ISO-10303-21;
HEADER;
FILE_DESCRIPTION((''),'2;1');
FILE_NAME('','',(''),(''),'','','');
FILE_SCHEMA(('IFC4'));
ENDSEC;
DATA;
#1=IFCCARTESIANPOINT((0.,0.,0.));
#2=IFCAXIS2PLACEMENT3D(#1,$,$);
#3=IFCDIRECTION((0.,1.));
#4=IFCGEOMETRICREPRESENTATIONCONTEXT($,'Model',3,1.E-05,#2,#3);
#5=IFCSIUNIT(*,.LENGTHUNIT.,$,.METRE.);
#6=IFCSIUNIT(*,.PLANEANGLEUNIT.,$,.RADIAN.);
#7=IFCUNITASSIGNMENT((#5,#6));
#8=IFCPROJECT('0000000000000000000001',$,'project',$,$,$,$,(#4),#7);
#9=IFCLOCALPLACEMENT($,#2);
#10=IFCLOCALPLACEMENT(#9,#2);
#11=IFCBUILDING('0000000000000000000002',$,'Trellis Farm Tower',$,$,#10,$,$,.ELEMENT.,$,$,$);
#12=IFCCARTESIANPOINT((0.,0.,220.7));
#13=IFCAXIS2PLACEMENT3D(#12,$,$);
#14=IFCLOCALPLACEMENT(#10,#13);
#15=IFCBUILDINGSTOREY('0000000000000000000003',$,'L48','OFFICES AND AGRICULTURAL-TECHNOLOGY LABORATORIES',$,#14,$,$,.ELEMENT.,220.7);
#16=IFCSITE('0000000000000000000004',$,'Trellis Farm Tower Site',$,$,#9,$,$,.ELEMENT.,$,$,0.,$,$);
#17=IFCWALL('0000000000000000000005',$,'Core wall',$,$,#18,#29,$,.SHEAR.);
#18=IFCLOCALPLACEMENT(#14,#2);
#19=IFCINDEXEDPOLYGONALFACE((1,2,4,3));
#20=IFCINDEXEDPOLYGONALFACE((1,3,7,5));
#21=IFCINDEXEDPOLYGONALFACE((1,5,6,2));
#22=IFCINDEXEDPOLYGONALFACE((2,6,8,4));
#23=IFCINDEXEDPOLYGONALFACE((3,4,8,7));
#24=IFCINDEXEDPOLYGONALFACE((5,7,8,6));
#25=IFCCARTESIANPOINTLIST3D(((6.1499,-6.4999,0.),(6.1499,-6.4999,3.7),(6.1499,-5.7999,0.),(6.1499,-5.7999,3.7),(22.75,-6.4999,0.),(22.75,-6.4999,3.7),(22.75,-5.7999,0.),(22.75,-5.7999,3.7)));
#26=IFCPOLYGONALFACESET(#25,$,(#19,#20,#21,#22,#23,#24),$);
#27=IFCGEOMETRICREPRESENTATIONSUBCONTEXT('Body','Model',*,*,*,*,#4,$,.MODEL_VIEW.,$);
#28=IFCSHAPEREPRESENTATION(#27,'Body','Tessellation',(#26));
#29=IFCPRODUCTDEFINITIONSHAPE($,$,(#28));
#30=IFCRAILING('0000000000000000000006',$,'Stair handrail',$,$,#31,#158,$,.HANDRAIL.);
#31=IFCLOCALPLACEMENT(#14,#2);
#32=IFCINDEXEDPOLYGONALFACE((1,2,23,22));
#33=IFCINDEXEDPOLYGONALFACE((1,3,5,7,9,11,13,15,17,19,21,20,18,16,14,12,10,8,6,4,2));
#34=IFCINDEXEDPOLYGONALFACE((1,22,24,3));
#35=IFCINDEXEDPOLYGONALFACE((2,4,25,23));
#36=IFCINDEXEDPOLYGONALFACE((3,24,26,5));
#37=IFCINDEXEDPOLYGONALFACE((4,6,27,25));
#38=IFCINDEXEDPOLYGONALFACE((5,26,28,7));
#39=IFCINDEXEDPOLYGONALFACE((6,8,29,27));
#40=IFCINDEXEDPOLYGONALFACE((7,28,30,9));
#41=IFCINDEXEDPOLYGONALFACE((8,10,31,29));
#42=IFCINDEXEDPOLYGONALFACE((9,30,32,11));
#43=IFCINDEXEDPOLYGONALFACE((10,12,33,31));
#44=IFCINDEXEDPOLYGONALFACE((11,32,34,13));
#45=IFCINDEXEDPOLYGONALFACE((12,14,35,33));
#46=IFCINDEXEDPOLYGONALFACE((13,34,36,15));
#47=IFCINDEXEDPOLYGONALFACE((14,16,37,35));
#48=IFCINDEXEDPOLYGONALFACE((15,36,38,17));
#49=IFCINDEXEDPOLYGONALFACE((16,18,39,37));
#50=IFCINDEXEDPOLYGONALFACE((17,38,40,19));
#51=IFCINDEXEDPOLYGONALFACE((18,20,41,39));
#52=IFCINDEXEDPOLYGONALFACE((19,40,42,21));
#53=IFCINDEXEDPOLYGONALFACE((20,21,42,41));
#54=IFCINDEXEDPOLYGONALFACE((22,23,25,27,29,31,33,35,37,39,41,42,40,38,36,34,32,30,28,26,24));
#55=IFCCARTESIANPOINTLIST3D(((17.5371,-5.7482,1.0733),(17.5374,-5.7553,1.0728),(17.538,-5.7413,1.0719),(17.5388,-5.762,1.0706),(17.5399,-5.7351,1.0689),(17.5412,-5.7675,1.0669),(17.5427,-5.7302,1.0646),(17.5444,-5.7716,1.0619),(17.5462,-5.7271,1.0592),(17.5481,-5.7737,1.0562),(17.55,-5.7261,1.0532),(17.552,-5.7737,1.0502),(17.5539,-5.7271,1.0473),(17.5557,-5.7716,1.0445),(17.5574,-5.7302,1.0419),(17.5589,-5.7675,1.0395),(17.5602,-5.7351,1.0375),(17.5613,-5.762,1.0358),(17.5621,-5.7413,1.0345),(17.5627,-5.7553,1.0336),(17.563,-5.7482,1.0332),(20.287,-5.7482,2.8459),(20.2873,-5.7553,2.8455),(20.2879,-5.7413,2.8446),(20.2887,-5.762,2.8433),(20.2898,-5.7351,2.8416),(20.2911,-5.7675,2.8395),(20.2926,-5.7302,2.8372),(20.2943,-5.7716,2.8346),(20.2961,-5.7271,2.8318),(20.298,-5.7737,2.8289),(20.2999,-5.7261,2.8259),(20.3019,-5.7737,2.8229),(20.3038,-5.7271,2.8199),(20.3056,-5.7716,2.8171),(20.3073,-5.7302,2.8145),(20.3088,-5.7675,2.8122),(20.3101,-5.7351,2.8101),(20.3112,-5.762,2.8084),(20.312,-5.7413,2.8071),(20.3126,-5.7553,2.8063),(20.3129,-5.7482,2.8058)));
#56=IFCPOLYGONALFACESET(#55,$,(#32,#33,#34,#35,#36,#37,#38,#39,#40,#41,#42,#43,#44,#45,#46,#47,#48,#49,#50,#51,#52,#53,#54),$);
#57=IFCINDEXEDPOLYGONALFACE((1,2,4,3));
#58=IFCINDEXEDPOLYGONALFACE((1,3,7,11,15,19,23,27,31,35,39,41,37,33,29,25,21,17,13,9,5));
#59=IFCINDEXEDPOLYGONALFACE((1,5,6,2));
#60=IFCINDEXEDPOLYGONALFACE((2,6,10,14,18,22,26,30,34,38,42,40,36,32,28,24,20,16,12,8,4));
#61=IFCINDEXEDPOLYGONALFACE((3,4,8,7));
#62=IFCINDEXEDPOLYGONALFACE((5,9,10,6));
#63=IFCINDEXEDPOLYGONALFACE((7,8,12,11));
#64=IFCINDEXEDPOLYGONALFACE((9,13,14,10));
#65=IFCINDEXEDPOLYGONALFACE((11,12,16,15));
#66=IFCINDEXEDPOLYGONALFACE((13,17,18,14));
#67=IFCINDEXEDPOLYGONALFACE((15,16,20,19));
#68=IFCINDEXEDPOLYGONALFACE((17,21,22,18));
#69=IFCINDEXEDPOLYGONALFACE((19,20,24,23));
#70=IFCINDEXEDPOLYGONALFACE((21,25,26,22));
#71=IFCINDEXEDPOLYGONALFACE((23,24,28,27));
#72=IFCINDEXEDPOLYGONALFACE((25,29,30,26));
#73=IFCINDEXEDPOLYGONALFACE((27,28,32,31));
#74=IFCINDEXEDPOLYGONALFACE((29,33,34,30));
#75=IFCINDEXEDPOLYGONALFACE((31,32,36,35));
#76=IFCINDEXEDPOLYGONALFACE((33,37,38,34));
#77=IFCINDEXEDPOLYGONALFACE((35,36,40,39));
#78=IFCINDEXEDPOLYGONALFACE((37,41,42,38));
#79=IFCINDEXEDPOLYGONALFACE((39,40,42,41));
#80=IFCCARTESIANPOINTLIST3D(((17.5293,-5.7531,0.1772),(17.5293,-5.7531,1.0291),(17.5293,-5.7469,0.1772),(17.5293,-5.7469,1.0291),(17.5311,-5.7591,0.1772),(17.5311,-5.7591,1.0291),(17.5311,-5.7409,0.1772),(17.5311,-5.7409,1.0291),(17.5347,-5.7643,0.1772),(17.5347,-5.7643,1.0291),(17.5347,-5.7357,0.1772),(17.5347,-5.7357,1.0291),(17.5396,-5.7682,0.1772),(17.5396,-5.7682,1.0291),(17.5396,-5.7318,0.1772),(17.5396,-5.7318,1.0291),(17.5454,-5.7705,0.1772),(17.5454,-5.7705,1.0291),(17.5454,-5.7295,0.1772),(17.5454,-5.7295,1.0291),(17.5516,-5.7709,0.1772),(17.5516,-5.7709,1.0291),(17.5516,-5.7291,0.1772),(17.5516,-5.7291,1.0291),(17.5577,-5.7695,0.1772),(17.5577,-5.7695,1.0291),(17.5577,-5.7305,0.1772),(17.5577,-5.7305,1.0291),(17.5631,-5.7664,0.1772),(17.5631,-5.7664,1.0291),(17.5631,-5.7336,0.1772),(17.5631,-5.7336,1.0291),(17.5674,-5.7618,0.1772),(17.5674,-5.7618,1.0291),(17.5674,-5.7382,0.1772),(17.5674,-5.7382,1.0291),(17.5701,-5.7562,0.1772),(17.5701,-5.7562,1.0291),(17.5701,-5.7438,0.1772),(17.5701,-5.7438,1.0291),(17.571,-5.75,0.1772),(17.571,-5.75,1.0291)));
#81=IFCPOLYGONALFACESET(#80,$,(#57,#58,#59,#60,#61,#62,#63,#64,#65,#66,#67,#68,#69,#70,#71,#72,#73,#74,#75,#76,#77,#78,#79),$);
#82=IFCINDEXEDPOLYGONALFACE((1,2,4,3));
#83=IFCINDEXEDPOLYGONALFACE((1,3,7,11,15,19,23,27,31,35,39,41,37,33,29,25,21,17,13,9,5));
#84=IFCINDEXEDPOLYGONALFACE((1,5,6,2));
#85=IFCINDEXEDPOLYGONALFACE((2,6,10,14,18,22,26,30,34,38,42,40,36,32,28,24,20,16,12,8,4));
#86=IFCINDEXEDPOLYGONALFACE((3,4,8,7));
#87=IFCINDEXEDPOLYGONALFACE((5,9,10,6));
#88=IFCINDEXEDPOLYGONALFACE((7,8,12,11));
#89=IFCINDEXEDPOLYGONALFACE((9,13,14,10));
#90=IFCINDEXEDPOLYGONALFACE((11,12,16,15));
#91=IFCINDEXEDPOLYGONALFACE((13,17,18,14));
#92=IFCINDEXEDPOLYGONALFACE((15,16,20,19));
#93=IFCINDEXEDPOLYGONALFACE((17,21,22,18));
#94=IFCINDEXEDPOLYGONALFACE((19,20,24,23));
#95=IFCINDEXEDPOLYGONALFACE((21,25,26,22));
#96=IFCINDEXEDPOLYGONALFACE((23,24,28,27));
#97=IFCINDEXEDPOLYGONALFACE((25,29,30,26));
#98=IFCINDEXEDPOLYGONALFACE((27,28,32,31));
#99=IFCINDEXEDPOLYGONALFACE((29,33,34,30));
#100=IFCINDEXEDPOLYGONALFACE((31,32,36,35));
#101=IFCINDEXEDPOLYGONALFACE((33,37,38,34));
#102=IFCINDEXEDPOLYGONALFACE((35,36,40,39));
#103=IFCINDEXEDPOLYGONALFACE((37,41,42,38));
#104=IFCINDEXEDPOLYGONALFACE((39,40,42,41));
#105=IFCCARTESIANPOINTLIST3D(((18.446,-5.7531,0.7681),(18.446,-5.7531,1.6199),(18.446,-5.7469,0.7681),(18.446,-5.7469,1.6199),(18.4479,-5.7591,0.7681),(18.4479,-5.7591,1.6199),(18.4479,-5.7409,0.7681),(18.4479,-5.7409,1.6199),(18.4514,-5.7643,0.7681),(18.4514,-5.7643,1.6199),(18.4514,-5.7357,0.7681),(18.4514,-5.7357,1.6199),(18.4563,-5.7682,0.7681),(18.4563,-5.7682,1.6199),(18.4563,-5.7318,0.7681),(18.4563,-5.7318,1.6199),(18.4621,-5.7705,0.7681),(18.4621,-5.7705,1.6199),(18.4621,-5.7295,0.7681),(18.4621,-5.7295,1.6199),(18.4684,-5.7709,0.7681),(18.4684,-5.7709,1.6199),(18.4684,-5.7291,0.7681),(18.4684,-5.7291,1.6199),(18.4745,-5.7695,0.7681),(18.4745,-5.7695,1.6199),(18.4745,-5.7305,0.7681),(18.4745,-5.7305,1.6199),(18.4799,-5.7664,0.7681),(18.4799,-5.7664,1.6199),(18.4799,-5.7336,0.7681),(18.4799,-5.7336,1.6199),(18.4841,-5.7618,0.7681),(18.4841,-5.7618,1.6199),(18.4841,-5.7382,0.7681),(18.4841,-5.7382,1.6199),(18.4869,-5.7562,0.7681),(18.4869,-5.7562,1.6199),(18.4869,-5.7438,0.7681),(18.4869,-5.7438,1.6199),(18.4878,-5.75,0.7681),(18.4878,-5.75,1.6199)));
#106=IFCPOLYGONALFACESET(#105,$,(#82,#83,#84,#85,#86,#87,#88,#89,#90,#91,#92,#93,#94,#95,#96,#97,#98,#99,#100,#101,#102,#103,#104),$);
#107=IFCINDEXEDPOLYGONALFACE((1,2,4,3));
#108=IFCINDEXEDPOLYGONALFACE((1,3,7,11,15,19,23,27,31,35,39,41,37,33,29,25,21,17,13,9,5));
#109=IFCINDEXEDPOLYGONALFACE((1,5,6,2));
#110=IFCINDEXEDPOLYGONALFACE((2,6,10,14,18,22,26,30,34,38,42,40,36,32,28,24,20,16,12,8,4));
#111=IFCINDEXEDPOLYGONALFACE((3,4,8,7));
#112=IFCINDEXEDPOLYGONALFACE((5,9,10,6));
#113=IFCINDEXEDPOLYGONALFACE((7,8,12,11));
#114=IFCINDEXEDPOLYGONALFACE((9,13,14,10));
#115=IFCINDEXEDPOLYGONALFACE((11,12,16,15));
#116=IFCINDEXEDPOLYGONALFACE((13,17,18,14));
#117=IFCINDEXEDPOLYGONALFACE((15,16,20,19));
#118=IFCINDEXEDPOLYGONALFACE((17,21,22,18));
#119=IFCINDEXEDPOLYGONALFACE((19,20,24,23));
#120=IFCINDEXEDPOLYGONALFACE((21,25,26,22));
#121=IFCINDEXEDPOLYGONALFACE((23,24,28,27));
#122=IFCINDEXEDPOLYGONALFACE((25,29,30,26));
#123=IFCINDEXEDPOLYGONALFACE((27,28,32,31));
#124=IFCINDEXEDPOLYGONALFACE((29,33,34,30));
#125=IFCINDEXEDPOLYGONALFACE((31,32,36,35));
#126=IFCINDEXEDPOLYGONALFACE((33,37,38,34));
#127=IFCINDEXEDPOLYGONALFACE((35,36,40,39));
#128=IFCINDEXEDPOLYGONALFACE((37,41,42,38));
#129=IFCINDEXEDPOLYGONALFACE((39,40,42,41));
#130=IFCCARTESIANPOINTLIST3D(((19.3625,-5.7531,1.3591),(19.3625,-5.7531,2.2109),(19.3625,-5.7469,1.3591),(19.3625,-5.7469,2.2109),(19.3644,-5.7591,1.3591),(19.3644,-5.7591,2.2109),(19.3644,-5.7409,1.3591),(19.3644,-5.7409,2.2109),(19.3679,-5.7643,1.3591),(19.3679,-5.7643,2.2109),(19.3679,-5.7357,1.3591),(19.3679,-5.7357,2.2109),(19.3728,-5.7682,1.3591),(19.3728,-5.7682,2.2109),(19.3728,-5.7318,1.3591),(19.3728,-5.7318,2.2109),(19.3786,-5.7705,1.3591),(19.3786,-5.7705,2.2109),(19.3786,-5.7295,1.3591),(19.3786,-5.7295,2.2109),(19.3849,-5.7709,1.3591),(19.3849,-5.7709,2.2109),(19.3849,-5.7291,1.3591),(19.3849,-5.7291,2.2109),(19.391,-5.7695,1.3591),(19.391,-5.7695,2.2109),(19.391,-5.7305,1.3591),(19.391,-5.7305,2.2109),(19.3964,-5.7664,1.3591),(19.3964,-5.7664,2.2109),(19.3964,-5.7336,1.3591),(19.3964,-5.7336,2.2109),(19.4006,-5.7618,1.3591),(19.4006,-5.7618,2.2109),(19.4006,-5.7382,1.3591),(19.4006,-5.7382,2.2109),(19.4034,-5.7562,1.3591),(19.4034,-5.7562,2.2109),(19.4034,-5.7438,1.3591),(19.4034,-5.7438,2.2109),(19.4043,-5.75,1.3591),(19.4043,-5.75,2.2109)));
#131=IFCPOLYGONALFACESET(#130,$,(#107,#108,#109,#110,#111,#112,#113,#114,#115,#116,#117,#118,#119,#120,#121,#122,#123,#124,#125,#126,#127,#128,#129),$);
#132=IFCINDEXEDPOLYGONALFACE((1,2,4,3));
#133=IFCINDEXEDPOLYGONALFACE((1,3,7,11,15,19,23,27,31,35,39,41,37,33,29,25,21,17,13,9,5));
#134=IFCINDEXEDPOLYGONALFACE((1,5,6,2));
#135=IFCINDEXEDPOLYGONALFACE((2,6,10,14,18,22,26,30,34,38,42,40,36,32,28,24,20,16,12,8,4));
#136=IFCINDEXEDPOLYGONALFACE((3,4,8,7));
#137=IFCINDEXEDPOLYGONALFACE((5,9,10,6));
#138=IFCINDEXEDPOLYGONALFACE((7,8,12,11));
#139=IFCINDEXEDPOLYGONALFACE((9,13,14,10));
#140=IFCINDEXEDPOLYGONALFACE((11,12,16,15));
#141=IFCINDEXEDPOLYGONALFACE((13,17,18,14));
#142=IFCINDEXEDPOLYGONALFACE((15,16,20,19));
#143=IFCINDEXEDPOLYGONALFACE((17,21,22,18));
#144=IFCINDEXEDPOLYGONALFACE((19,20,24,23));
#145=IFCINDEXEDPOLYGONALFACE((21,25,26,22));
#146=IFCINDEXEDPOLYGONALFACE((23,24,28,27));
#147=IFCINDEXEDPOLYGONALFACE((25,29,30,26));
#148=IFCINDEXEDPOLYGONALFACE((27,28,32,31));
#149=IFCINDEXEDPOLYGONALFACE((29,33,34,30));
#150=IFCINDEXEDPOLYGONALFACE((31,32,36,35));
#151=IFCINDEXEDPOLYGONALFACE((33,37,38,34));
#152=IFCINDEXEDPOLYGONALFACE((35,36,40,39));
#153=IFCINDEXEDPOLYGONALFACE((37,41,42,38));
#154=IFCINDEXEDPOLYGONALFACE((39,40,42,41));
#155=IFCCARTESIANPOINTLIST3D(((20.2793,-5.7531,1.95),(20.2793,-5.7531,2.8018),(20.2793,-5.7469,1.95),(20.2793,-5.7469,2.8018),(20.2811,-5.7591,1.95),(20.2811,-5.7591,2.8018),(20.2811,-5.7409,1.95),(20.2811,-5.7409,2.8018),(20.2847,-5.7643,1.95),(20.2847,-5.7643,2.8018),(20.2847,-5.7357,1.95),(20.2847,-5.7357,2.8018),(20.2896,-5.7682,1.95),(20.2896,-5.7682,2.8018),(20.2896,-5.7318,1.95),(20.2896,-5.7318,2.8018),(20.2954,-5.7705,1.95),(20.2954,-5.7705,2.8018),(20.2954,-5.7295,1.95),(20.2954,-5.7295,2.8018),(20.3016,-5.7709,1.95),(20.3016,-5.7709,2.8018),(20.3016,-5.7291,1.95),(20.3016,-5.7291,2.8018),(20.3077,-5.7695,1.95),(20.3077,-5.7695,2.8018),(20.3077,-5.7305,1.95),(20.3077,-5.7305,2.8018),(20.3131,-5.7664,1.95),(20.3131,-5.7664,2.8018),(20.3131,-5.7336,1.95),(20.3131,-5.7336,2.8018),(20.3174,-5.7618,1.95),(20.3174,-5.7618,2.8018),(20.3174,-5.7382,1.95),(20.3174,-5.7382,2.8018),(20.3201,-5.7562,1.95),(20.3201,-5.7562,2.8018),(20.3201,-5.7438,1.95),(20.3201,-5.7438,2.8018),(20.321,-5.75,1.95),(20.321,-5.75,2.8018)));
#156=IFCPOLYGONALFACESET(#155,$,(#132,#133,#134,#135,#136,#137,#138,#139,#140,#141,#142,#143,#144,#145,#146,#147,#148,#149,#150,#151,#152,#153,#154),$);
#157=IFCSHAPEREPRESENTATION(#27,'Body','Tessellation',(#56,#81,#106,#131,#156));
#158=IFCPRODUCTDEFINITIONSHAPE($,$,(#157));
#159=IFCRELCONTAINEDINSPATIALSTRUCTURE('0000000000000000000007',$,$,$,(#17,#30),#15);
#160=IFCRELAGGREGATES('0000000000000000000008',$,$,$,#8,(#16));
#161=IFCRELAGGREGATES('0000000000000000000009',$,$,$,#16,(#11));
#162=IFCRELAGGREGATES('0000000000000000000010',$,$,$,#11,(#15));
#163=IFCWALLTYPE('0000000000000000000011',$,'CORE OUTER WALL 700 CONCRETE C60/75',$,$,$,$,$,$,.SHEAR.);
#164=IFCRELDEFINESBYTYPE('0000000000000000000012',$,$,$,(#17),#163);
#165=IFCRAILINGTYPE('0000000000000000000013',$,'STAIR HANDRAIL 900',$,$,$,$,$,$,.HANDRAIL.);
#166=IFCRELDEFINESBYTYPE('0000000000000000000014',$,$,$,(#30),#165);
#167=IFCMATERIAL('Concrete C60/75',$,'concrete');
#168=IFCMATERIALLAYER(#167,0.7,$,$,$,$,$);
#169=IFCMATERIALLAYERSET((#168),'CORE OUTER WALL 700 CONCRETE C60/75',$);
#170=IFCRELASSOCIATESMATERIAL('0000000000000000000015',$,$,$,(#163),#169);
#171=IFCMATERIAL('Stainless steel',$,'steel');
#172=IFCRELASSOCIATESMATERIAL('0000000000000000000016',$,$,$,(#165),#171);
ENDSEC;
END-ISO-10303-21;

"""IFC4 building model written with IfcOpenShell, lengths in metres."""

from ifc_helpers import new_model, si_unit, direction, frame, frame_2d, origin, origin_2d, place, context, subcontext, project, spatial, rectangle, circle, extrude, source, transform, mapped, material, layer, layer_set, type_object, element, save


model = new_model("IFC4")

# Units and contexts
model_context = context("Model", 3, precision=1e-05, world=origin(), true_north=direction((0.0, 1.0)))
body_context = subcontext(model_context, "Body", "Model", "MODEL_VIEW")
ifc_project = project(units=[si_unit("LENGTHUNIT", "METRE"), si_unit("PLANEANGLEUNIT", "RADIAN")], contexts=[model_context])

# Site, building, storey
site_placement = place(None, origin())
site = spatial("IfcSite", under=ifc_project, at=site_placement, Name="Trellis Farm Tower Site", CompositionType="ELEMENT", RefElevation=0.0)
building_placement = place(site_placement, origin())
building = spatial("IfcBuilding", under=site, at=building_placement, Name="Trellis Farm Tower", CompositionType="ELEMENT")
storey_placement = place(building_placement, frame((0.0, 0.0, 220.7)))
storey = spatial("IfcBuildingStorey", under=building, at=storey_placement, Name="L48", Description="OFFICES AND AGRICULTURAL-TECHNOLOGY LABORATORIES", CompositionType="ELEMENT", Elevation=220.7)

# Shared definitions
ifc_material_1 = material(Name="Concrete C60/75", Category="concrete")

# Shared definitions
ifc_layer_1 = layer(ifc_material_1, 0.7)
ifc_layer_set_1 = layer_set([ifc_layer_1], Name="CORE OUTER WALL 700 CONCRETE C60/75")
wall_type_1 = type_object("IfcWallType", Name="CORE OUTER WALL 700 CONCRETE C60/75", PredefinedType="SHEAR", material=ifc_layer_set_1)

# Wall
shared_shape_1 = source(origin(), body_context, "Body", "SweptSolid", [
    extrude(rectangle(XDim=16.6001, YDim=0.7, at=frame_2d((8.3, 0.0))), origin(), (0.0, 0.0, 1.0), 3.7),
])
wall_1_placement = place(storey_placement, frame((6.1499, -6.1499, 0.0), z_axis=(0.0, 0.0, 1.0), x_axis=(1.0, 0.0, 0.0)))
element("IfcWall", 1, at=wall_1_placement, inside=storey, type_object=wall_type_1, Name="Core wall", PredefinedType="SHEAR", context=body_context, shape_type="MappedRepresentation", body=[
    mapped(shared_shape_1, transform((0.0, 0.0, 0.0))),
])

# Railing
ifc_material_2 = material(Name="Stainless steel", Category="steel")
railing_type_1 = type_object("IfcRailingType", Name="STAIR HANDRAIL 900", PredefinedType="HANDRAIL", material=ifc_material_2)
shared_shape_2 = source(origin(), body_context, "Body", "SweptSolid", [
    extrude(circle(Radius=0.0239, at=origin_2d()), frame((0.0, 0.0, 0.876), z_axis=(0.840504, 0.0, 0.541806), x_axis=(0.0, 1.0, 0.0)), (0.0, 0.0, 1.0), 3.2717),
    extrude(circle(Radius=0.021, at=origin_2d()), origin(), (0.0, 0.0, 1.0), 0.8518),
    extrude(circle(Radius=0.021, at=origin_2d()), frame((0.9167, 0.0, 0.5908)), (0.0, 0.0, 1.0), 0.8518),
    extrude(circle(Radius=0.021, at=origin_2d()), frame((1.8333, 0.0, 1.1819)), (0.0, 0.0, 1.0), 0.8518),
    extrude(circle(Radius=0.021, at=origin_2d()), frame((2.75, 0.0, 1.7727)), (0.0, 0.0, 1.0), 0.8518),
])
railing_1_placement = place(storey_placement, frame((17.55, -5.75, 0.1772)))
element("IfcRailing", 2, at=railing_1_placement, inside=storey, type_object=railing_type_1, Name="Stair handrail", PredefinedType="HANDRAIL", context=body_context, shape_type="MappedRepresentation", body=[
    mapped(shared_shape_2, transform((0.0, 0.0, 0.0))),
])

save(model, "model.ifc")
